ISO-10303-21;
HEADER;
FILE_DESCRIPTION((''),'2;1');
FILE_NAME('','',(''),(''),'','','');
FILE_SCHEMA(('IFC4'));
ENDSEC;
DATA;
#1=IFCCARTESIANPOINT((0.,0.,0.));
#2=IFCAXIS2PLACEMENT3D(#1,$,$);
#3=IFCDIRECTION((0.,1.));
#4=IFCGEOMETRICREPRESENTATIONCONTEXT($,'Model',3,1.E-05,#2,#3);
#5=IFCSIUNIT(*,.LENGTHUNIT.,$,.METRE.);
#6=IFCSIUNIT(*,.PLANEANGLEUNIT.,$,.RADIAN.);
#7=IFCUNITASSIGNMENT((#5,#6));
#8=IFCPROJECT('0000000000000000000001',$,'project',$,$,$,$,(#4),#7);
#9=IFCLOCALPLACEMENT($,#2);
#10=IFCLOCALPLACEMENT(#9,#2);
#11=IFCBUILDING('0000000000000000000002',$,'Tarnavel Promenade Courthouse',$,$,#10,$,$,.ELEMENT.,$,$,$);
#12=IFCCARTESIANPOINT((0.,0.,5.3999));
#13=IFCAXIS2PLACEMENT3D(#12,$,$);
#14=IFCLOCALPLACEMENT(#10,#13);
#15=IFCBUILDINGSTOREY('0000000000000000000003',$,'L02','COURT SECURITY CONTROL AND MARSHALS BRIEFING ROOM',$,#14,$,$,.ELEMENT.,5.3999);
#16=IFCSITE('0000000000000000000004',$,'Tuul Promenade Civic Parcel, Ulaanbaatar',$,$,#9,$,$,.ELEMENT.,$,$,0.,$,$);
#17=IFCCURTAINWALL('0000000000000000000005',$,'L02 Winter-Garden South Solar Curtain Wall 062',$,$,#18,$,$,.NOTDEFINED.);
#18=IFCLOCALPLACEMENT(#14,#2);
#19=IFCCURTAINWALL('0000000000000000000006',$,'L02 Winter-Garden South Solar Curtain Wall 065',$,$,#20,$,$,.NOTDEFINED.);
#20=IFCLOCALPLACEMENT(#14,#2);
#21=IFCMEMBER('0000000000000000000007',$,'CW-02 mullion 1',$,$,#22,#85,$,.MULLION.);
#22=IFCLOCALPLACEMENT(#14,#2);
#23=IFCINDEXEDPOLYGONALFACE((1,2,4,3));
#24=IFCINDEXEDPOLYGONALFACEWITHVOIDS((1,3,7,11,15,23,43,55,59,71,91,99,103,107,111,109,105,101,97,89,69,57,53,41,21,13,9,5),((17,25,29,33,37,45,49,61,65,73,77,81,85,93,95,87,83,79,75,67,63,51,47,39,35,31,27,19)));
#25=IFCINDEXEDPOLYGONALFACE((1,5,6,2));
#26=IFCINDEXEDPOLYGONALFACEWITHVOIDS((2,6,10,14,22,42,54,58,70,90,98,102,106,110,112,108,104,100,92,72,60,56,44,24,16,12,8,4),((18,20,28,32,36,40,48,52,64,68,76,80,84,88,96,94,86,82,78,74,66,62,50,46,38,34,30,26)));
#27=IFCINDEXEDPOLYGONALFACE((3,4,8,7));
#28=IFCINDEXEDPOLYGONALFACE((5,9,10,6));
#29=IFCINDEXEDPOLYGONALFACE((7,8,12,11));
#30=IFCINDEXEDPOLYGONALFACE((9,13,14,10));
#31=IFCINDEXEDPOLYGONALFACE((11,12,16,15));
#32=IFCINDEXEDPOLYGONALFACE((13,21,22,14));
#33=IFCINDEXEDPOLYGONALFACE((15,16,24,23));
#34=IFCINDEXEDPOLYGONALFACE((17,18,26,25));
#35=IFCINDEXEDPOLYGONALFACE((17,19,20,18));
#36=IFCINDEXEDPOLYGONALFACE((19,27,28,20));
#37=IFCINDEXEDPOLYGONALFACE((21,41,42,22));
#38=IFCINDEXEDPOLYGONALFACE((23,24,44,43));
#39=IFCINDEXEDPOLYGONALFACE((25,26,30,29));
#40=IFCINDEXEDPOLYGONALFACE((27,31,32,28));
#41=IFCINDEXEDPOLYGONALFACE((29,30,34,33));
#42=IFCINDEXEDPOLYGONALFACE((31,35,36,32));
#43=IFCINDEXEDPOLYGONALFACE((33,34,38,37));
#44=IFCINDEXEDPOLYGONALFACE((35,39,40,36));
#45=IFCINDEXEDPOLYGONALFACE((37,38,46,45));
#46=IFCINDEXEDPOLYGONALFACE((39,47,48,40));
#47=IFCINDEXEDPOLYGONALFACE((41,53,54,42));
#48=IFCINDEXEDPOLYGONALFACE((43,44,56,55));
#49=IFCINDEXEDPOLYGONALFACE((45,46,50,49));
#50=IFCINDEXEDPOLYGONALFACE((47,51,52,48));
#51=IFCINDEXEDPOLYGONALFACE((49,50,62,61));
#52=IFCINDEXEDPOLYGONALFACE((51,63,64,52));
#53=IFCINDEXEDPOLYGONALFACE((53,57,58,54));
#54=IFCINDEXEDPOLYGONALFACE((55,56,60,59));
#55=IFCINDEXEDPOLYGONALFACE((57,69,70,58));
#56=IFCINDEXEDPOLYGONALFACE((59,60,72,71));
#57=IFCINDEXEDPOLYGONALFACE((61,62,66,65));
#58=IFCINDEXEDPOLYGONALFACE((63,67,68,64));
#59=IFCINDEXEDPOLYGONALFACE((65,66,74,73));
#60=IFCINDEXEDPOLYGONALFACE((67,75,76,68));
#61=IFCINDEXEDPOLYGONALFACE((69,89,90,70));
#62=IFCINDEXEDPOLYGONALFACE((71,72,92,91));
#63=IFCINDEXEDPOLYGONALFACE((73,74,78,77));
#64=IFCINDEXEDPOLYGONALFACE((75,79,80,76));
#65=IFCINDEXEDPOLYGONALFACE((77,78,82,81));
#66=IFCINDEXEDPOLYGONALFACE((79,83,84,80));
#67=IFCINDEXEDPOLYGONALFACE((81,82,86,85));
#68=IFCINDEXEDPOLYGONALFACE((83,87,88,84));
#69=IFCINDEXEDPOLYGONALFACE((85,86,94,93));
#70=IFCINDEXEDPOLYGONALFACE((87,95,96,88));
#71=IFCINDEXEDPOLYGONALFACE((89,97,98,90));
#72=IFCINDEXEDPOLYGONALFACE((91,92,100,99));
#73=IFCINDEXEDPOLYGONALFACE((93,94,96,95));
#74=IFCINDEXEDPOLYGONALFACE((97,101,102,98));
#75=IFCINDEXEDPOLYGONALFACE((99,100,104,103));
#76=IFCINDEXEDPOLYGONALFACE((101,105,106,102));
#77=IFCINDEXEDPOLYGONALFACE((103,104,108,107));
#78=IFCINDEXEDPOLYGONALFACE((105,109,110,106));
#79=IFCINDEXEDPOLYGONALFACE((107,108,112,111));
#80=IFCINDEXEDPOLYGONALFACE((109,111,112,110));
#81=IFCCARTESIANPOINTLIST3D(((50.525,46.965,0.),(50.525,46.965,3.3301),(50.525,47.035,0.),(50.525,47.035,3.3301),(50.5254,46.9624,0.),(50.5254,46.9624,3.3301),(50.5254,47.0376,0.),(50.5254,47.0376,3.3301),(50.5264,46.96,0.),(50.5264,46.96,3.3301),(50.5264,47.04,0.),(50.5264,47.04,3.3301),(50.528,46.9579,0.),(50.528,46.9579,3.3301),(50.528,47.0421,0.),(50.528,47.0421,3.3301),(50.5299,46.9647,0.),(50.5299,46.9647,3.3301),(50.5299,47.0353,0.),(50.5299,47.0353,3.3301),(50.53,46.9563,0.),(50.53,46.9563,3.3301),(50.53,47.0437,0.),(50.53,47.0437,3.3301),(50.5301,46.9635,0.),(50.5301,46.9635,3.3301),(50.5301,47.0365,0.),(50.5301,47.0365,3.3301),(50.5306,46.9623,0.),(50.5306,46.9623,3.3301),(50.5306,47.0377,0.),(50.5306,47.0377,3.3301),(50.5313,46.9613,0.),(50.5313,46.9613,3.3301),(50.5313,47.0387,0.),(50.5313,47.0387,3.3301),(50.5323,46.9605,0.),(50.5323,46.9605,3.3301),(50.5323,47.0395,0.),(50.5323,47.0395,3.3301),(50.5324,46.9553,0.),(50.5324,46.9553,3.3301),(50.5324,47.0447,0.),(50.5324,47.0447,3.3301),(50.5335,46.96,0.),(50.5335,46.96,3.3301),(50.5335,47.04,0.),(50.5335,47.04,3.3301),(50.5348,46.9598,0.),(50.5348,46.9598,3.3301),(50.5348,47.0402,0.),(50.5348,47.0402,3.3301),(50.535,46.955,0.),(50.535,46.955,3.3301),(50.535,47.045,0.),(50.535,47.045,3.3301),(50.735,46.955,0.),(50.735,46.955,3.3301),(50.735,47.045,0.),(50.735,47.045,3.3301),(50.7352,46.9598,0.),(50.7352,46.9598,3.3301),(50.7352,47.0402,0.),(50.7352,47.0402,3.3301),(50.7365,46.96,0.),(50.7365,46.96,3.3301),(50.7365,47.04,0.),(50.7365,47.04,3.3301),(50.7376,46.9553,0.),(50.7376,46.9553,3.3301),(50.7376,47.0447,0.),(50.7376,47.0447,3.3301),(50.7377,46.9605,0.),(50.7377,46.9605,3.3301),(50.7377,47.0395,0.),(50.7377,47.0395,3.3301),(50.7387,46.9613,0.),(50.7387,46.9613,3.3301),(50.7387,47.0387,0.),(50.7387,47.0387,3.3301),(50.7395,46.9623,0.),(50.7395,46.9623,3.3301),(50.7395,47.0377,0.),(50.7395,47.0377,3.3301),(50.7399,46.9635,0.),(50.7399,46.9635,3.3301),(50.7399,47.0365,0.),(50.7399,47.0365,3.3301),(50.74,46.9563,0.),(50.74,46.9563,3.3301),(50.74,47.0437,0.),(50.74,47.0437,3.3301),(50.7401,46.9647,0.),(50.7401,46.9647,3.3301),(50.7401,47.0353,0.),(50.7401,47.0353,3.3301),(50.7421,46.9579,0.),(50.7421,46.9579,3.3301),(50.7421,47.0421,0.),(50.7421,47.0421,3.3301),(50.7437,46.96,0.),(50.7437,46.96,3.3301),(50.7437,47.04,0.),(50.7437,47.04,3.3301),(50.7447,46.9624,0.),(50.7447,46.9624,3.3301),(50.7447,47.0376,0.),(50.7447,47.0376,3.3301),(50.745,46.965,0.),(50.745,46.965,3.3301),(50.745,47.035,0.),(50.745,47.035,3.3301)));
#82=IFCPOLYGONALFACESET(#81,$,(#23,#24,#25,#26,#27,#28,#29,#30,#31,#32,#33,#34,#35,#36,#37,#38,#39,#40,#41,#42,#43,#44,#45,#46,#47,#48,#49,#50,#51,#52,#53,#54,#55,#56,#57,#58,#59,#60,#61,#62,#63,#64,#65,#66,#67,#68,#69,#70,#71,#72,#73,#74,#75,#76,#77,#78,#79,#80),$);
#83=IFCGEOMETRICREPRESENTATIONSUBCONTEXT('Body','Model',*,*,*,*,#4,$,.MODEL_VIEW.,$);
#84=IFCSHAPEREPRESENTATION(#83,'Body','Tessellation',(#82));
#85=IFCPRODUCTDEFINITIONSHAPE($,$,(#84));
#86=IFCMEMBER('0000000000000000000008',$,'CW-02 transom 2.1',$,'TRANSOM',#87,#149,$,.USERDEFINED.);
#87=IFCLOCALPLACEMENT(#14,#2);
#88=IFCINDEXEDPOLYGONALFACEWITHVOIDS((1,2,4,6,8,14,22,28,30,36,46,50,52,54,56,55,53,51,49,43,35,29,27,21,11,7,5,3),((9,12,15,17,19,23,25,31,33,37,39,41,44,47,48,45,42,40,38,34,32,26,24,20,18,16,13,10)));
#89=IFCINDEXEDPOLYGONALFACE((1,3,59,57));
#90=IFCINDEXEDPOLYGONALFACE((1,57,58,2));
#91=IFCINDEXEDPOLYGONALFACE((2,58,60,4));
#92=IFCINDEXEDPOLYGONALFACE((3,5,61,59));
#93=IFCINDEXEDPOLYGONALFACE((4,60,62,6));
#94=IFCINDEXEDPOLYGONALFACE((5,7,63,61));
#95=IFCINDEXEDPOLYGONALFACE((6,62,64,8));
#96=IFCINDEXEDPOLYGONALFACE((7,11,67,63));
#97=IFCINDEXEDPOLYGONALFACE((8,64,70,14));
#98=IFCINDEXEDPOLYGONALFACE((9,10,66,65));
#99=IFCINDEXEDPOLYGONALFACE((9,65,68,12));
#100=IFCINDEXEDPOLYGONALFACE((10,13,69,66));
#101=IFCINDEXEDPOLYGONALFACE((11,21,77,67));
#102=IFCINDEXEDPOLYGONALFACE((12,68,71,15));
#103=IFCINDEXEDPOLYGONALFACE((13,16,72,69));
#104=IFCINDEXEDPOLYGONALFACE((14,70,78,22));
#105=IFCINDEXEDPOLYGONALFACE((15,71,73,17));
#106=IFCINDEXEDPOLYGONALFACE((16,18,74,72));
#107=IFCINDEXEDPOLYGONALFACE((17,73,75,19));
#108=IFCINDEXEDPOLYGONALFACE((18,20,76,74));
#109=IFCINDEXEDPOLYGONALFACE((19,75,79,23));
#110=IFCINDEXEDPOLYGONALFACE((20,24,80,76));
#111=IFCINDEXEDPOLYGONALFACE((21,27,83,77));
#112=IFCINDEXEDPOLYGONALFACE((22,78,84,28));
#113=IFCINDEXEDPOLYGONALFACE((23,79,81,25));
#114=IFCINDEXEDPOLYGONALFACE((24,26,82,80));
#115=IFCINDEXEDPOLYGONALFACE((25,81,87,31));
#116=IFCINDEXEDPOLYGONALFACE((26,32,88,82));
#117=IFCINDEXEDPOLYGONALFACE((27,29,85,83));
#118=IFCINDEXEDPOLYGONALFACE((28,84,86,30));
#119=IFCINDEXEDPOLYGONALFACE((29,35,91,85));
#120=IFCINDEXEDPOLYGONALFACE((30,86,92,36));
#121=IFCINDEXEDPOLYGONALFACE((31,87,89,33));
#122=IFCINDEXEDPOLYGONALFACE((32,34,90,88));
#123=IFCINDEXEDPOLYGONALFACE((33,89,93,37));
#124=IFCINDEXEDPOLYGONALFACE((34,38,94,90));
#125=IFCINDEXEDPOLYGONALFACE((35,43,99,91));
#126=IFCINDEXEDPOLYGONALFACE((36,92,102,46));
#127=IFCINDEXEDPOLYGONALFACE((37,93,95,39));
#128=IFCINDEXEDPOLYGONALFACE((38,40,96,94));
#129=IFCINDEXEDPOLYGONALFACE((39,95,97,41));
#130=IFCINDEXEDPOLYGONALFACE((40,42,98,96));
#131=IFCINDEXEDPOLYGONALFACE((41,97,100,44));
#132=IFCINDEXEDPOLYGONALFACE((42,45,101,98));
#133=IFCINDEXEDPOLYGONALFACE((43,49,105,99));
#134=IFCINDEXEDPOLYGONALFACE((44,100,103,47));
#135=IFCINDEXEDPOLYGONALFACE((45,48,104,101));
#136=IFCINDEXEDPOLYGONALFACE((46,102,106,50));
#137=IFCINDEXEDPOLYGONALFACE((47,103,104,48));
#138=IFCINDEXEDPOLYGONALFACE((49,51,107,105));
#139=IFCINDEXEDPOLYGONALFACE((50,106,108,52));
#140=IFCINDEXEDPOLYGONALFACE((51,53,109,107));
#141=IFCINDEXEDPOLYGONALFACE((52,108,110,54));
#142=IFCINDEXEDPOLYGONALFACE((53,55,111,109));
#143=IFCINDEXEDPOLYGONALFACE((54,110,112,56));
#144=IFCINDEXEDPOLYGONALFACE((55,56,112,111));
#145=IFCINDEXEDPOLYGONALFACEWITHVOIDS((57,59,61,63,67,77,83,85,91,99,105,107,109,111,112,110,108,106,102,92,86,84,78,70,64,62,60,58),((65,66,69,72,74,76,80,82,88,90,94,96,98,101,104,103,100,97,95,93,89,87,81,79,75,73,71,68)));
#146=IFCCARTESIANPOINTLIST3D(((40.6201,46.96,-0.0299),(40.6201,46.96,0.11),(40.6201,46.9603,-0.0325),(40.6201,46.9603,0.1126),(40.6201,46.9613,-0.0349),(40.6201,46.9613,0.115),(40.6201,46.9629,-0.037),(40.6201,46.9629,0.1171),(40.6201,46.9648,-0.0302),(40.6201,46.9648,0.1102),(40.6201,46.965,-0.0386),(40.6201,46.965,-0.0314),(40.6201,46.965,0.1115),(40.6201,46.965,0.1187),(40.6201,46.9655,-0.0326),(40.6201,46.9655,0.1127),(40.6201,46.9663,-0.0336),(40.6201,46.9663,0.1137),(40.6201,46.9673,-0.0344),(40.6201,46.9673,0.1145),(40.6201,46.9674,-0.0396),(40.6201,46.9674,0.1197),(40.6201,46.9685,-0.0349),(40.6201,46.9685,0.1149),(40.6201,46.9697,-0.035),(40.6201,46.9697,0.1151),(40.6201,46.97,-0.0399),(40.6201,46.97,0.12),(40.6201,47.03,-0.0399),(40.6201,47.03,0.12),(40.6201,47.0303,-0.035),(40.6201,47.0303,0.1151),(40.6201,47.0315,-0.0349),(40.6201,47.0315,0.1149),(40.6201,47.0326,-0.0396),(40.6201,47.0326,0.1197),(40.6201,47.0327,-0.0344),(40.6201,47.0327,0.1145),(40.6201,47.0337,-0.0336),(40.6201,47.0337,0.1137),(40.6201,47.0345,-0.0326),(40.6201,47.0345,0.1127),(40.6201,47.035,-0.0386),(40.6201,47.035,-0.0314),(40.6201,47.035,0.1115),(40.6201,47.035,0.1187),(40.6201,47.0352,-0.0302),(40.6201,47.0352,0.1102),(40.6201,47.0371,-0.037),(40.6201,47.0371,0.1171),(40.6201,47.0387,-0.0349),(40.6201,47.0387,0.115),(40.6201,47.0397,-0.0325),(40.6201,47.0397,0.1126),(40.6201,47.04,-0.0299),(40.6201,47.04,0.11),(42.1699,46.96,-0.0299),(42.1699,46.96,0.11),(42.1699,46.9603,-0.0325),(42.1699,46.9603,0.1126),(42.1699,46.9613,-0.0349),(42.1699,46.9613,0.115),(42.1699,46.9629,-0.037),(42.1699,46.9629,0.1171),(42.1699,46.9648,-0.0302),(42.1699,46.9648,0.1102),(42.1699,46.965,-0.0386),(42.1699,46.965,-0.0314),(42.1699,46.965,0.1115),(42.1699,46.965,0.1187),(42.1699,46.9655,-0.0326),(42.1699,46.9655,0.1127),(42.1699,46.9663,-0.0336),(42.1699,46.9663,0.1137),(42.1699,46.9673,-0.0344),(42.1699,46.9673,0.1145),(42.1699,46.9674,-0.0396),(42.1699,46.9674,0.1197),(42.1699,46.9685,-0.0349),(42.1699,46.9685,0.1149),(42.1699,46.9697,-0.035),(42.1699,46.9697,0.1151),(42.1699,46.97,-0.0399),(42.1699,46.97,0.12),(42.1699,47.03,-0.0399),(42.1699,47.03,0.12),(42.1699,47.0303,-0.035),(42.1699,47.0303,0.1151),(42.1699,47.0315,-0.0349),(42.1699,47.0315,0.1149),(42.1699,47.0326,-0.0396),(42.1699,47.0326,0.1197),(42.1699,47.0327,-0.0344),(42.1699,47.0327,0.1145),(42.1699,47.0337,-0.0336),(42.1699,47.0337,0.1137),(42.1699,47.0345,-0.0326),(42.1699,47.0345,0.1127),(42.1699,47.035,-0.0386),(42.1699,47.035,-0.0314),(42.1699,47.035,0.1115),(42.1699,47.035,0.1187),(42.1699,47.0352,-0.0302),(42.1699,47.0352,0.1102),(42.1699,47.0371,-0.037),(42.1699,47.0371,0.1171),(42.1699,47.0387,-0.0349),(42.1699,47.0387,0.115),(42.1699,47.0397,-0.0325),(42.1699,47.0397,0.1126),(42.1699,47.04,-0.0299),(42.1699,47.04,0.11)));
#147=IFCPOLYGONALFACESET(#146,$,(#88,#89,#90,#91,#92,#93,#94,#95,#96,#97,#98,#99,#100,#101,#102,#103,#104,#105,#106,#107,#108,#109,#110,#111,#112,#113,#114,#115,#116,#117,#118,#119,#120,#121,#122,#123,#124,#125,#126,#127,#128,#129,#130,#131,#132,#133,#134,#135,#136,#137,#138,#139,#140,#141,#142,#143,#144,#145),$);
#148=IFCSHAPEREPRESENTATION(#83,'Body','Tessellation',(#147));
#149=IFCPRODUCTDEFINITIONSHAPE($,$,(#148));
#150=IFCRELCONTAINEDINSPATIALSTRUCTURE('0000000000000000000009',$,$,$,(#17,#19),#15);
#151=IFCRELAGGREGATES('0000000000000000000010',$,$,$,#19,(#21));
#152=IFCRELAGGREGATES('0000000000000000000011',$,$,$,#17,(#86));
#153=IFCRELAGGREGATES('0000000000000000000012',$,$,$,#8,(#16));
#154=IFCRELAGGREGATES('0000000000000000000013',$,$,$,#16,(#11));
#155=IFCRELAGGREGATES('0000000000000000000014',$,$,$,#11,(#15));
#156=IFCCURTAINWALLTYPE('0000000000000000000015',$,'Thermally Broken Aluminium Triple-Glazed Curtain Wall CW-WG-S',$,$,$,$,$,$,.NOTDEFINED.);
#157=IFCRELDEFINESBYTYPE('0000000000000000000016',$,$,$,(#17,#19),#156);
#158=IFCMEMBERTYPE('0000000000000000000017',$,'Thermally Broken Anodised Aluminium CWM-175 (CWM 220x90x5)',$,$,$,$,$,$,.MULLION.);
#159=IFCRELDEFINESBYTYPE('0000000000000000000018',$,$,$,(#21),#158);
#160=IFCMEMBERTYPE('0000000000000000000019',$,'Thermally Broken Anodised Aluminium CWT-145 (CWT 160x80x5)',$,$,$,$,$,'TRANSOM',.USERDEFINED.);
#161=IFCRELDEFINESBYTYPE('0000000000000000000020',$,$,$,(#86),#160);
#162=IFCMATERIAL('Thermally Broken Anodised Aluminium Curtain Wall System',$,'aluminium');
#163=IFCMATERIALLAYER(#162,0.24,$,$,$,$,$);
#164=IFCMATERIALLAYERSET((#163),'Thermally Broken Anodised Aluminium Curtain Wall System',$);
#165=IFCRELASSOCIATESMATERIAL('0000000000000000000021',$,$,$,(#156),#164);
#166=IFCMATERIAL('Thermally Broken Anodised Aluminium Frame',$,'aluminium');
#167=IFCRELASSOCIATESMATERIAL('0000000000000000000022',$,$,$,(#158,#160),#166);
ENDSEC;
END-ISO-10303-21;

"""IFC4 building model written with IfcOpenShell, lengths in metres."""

from ifc_helpers import new_model, si_unit, direction, frame, origin, origin_2d, place, context, subcontext, project, spatial, hollow_rectangle, extrude, material, layer, layer_set, material_profile, profile_set, type_object, element, aggregate, save


model = new_model("IFC4")

# Units and contexts
model_context = context("Model", 3, precision=1e-05, world=origin(), true_north=direction((0.0, 1.0)))
body_context = subcontext(model_context, "Body", "Model", "MODEL_VIEW")
ifc_project = project(units=[si_unit("LENGTHUNIT", "METRE"), si_unit("PLANEANGLEUNIT", "RADIAN")], contexts=[model_context])

# Site, building, storey
site_placement = place(None, origin())
site = spatial("IfcSite", under=ifc_project, at=site_placement, Name="Tuul Promenade Civic Parcel, Ulaanbaatar", CompositionType="ELEMENT", RefElevation=0.0)
building_placement = place(site_placement, origin())
building = spatial("IfcBuilding", under=site, at=building_placement, Name="Tarnavel Promenade Courthouse", CompositionType="ELEMENT")
storey_placement = place(building_placement, frame((0.0, 0.0, 5.3999)))
storey = spatial("IfcBuildingStorey", under=building, at=storey_placement, Name="L02", Description="COURT SECURITY CONTROL AND MARSHALS BRIEFING ROOM", CompositionType="ELEMENT", Elevation=5.3999)

# Curtain wall
ifc_material_1 = material(Name="Thermally Broken Anodised Aluminium Curtain Wall System", Category="aluminium")
ifc_layer_1 = layer(ifc_material_1, 0.24)
ifc_layer_set_1 = layer_set([ifc_layer_1], Name="Thermally Broken Anodised Aluminium Curtain Wall System")
curtain_wall_type = type_object("IfcCurtainWallType", Name="Thermally Broken Aluminium Triple-Glazed Curtain Wall CW-WG-S", PredefinedType="NOTDEFINED", material=ifc_layer_set_1)
curtain_wall_1_placement = place(storey_placement, origin())
curtain_wall_1 = element("IfcCurtainWall", 1, at=curtain_wall_1_placement, inside=storey, type_object=curtain_wall_type, Name="L02 Winter-Garden South Solar Curtain Wall 062", PredefinedType="NOTDEFINED")
ifc_material_2 = material(Name="Thermally Broken Anodised Aluminium Frame", Category="aluminium")
ifc_material_profile_1 = material_profile(ifc_material_2, hollow_rectangle(XDim=0.0901, YDim=0.22, WallThickness=0.0049, InnerFilletRadius=0.0049, OuterFilletRadius=0.01, at=origin_2d()), Name="CWM 220x90x5")
ifc_profile_set_1 = profile_set([ifc_material_profile_1], Name="Thermally Broken Anodised Aluminium Frame")
member_type_1 = type_object("IfcMemberType", Name="Thermally Broken Anodised Aluminium CWM-175 (CWM 220x90x5)", PredefinedType="MULLION", material=ifc_profile_set_1)

# Curtain wall, member
curtain_wall_2_placement = place(storey_placement, origin())
curtain_wall_2 = element("IfcCurtainWall", 2, at=curtain_wall_2_placement, inside=storey, type_object=curtain_wall_type, Name="L02 Winter-Garden South Solar Curtain Wall 065", PredefinedType="NOTDEFINED")
member_1_placement = place(storey_placement, frame((50.635, 47.0, 0.0), z_axis=(0.0, 0.0, 1.0), x_axis=(0.0, 1.0, 0.0)))
member_1 = element("IfcMember", 3, at=member_1_placement, type_object=member_type_1, Name="CW-02 mullion 1", PredefinedType="MULLION", context=body_context, shape_type="SweptSolid", body=[
    extrude(hollow_rectangle(XDim=0.0901, YDim=0.22, WallThickness=0.0049, InnerFilletRadius=0.0049, OuterFilletRadius=0.01, at=origin_2d()), origin(), (0.0, 0.0, 1.0), 3.3301),
])

# Member
ifc_material_profile_2 = material_profile(ifc_material_2, hollow_rectangle(XDim=0.0801, YDim=0.1599, WallThickness=0.0049, InnerFilletRadius=0.0049, OuterFilletRadius=0.01, at=origin_2d()), Name="CWT 160x80x5")
ifc_profile_set_2 = profile_set([ifc_material_profile_2], Name="Thermally Broken Anodised Aluminium Frame")
member_type_2 = type_object("IfcMemberType", Name="Thermally Broken Anodised Aluminium CWT-145 (CWT 160x80x5)", ElementType="TRANSOM", PredefinedType="USERDEFINED", material=ifc_profile_set_2)
member_2_placement = place(storey_placement, frame((40.6201, 47.0, 0.04), z_axis=(1.0, 0.0, 0.0), x_axis=(0.0, 1.0, 0.0)))
member_2 = element("IfcMember", 4, at=member_2_placement, type_object=member_type_2, Name="CW-02 transom 2.1", ObjectType="TRANSOM", PredefinedType="USERDEFINED", context=body_context, shape_type="SweptSolid", body=[
    extrude(hollow_rectangle(XDim=0.0801, YDim=0.1599, WallThickness=0.0049, InnerFilletRadius=0.0049, OuterFilletRadius=0.01, at=origin_2d()), origin(), (0.0, 0.0, 1.0), 1.5498),
])
aggregate(curtain_wall_2, [member_1])

aggregate(curtain_wall_1, [member_2])

save(model, "model.ifc")
